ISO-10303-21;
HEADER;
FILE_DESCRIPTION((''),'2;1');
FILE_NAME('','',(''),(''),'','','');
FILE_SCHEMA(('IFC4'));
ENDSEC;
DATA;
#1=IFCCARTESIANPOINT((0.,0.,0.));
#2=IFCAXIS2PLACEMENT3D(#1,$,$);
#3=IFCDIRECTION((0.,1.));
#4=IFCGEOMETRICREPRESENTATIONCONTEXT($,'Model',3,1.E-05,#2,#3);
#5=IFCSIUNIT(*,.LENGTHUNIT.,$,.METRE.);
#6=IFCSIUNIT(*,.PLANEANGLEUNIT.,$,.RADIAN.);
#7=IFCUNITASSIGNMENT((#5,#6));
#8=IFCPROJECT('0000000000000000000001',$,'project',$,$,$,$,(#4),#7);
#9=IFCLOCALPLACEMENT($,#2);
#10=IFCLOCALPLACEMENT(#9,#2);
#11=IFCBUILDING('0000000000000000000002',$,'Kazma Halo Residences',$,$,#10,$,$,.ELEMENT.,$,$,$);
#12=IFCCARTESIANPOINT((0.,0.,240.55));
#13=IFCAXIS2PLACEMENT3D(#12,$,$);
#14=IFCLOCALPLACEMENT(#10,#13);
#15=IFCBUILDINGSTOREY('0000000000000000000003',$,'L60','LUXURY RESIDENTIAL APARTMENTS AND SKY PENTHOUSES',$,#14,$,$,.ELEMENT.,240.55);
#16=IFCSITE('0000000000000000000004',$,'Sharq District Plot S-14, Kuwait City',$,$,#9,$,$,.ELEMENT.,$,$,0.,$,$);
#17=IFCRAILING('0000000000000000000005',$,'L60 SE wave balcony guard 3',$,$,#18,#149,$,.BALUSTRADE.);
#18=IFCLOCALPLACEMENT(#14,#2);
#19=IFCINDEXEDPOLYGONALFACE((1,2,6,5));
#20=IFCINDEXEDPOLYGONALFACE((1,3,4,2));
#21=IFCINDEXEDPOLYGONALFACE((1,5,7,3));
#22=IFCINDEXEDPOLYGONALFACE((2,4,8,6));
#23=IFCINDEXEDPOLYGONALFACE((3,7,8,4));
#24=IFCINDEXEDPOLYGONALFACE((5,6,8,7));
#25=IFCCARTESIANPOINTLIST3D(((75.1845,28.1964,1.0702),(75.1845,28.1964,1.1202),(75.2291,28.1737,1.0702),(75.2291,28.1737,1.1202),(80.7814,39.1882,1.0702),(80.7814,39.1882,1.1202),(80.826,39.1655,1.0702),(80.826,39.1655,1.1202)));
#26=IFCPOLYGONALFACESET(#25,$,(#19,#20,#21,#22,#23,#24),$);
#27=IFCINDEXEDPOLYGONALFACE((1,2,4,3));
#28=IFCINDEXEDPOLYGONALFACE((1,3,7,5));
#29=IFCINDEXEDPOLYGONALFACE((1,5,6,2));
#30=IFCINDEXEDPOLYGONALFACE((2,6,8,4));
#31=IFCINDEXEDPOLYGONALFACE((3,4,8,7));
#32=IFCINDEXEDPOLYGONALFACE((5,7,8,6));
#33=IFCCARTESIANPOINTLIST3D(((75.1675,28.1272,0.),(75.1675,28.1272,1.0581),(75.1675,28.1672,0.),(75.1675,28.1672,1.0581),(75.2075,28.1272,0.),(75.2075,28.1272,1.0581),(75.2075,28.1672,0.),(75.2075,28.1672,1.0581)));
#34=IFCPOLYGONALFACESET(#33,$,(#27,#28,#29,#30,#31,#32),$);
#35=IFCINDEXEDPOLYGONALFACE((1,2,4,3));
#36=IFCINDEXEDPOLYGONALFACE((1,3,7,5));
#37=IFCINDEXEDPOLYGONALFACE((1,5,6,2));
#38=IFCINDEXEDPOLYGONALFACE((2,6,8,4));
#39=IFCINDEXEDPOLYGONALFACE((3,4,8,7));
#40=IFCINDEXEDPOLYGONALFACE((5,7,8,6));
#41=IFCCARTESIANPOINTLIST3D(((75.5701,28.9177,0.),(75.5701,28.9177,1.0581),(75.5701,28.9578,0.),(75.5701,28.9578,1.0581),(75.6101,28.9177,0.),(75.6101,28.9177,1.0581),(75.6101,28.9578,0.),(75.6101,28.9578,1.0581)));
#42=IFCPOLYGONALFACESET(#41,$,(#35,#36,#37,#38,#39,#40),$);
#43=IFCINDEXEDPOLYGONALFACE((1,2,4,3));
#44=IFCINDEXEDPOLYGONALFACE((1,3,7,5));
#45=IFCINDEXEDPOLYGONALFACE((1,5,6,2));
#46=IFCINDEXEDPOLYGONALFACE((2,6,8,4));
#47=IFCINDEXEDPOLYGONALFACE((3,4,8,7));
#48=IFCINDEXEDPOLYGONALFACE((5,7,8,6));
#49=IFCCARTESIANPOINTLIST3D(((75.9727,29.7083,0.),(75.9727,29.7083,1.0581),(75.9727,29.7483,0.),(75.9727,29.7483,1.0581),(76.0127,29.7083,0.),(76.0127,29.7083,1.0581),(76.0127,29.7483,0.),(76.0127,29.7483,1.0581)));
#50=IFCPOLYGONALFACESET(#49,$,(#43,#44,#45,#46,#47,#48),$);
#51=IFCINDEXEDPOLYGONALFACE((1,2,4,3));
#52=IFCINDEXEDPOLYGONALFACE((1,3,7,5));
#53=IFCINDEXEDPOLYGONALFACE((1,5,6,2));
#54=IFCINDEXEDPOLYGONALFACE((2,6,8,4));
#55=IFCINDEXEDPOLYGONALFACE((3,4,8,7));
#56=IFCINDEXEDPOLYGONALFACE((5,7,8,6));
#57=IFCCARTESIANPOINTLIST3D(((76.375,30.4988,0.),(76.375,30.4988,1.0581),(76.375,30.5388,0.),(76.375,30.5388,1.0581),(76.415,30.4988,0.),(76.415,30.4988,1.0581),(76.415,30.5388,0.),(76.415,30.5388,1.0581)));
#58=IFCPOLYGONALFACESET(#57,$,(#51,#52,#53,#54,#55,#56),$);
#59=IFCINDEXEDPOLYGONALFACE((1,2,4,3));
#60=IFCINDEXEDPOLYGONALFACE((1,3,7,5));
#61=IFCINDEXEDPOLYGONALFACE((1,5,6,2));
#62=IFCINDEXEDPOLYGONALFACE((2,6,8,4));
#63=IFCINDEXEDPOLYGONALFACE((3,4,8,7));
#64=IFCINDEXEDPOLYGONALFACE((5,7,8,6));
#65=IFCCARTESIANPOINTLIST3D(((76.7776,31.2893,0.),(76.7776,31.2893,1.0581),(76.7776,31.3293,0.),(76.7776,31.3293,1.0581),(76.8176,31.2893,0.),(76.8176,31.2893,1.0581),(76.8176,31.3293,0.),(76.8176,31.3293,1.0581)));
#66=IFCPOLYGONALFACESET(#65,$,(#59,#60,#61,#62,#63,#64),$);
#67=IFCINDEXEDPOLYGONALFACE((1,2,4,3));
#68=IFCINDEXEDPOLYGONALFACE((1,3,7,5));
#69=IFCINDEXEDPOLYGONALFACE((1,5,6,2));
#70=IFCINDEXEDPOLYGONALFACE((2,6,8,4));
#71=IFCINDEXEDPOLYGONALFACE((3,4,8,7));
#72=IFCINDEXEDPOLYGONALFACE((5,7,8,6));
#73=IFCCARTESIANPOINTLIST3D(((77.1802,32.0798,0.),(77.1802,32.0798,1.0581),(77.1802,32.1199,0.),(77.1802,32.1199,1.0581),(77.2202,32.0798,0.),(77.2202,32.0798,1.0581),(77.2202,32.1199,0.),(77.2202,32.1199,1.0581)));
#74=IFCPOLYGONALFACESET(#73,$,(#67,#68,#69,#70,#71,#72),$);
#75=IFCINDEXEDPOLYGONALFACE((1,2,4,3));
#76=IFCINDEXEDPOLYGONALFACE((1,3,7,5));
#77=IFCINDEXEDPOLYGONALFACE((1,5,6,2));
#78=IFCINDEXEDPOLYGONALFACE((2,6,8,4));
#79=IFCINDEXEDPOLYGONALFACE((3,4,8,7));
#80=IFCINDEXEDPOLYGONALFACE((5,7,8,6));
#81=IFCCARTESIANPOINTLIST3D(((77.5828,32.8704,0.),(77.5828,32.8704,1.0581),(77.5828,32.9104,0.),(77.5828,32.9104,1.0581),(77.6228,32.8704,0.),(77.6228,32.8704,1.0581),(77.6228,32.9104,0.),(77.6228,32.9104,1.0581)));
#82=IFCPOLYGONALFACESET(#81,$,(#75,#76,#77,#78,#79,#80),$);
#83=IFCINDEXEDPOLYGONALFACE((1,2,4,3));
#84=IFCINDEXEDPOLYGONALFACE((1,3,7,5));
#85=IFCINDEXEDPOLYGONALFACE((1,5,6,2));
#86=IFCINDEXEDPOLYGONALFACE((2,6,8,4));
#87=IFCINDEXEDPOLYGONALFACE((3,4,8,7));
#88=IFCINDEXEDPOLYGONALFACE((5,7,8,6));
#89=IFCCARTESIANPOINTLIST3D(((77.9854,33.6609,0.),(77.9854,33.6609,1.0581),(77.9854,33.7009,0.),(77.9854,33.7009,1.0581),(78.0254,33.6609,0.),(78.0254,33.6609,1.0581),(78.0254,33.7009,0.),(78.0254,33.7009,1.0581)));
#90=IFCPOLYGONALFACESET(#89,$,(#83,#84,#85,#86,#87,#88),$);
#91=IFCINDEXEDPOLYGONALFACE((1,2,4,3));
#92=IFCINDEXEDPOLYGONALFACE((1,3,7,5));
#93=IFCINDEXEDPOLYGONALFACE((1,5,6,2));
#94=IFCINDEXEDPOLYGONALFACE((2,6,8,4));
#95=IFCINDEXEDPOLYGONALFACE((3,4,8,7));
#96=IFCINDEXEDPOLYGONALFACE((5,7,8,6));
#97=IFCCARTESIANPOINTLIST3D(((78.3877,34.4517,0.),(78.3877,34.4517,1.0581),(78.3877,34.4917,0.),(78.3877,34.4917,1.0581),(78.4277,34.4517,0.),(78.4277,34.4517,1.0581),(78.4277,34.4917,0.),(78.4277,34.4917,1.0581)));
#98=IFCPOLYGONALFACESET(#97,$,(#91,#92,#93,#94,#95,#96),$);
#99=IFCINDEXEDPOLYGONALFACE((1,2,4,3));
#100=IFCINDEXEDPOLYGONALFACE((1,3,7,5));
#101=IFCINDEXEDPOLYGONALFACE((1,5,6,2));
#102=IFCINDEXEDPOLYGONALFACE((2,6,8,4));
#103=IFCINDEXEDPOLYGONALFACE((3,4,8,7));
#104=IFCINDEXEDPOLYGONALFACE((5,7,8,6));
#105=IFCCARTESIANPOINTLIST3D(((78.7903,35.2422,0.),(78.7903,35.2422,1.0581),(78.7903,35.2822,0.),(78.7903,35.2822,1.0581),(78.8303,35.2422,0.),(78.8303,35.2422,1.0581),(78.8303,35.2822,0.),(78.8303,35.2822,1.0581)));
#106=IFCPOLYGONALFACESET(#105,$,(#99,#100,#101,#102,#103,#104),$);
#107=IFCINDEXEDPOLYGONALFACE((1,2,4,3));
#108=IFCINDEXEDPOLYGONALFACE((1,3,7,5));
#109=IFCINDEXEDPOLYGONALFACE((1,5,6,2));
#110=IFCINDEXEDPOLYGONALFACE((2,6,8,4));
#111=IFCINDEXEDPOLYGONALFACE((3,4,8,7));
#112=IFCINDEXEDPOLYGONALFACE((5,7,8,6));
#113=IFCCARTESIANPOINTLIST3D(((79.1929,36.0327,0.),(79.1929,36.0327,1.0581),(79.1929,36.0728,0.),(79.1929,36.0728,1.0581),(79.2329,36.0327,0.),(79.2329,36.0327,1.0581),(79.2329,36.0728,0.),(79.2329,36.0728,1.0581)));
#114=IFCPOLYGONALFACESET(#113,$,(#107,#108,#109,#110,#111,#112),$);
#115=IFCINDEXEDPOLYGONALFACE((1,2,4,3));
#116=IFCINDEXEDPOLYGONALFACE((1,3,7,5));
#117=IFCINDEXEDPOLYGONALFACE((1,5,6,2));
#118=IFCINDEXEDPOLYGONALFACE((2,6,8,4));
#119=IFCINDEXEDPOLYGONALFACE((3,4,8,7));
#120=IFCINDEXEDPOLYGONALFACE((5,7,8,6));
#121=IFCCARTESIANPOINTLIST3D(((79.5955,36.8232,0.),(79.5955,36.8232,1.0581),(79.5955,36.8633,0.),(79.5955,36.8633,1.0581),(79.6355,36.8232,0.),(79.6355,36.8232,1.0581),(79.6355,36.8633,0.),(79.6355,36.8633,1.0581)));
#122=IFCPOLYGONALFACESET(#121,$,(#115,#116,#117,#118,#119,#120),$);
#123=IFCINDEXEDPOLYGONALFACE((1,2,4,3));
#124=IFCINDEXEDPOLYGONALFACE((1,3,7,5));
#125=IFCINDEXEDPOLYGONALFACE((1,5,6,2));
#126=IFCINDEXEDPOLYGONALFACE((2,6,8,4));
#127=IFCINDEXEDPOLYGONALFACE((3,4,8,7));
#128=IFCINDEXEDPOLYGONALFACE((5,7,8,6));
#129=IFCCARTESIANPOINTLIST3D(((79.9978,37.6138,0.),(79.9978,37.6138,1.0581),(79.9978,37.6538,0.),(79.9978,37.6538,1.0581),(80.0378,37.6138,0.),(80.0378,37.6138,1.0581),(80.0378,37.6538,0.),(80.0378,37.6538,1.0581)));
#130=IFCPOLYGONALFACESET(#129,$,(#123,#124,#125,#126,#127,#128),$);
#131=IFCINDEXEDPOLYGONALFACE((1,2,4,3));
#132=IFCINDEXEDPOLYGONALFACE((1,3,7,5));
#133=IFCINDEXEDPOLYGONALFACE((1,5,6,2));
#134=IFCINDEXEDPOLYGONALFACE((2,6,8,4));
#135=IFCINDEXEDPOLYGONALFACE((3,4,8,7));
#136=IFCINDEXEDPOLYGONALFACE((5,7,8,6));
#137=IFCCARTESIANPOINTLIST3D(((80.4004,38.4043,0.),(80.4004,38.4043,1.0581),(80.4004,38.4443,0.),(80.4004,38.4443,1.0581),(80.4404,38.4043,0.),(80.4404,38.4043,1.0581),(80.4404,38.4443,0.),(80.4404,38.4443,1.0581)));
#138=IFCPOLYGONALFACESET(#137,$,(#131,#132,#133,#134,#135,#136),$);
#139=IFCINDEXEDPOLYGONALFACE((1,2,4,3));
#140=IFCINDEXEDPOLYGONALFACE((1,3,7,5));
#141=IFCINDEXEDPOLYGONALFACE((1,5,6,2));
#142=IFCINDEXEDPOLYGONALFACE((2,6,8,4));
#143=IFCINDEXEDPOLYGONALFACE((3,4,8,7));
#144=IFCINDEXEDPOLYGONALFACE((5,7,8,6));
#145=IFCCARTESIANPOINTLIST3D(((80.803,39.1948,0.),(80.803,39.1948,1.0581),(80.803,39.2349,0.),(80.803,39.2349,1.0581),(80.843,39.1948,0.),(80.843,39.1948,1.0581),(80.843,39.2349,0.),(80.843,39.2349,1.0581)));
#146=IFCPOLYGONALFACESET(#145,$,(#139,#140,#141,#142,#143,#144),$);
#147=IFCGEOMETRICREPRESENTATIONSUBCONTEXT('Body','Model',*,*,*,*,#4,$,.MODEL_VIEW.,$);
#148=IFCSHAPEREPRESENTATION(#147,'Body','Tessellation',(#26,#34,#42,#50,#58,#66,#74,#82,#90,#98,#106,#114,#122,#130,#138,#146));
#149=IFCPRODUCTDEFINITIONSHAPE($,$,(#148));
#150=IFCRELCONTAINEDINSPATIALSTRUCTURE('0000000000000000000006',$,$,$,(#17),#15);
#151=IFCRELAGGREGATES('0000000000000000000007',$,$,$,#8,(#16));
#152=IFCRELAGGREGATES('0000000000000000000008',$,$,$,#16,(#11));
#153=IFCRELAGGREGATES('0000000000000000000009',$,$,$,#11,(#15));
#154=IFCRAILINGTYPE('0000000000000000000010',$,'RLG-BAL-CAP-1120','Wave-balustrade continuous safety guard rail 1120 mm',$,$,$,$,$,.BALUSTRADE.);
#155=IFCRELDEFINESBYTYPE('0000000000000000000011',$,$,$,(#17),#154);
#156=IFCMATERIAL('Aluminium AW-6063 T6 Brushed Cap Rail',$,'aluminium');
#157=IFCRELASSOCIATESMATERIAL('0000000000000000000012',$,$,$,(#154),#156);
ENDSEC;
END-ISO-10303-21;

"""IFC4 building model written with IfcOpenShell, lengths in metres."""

from ifc_helpers import new_model, si_unit, direction, frame, origin, origin_2d, place, context, subcontext, project, spatial, rectangle, extrude, material, type_object, element, save


model = new_model("IFC4")

# Units and contexts
model_context = context("Model", 3, precision=1e-05, world=origin(), true_north=direction((0.0, 1.0)))
body_context = subcontext(model_context, "Body", "Model", "MODEL_VIEW")
ifc_project = project(units=[si_unit("LENGTHUNIT", "METRE"), si_unit("PLANEANGLEUNIT", "RADIAN")], contexts=[model_context])

# Site, building, storey
site_placement = place(None, origin())
site = spatial("IfcSite", under=ifc_project, at=site_placement, Name="Sharq District Plot S-14, Kuwait City", CompositionType="ELEMENT", RefElevation=0.0)
building_placement = place(site_placement, origin())
building = spatial("IfcBuilding", under=site, at=building_placement, Name="Kazma Halo Residences", CompositionType="ELEMENT")
storey_placement = place(building_placement, frame((0.0, 0.0, 240.55)))
storey = spatial("IfcBuildingStorey", under=building, at=storey_placement, Name="L60", Description="LUXURY RESIDENTIAL APARTMENTS AND SKY PENTHOUSES", CompositionType="ELEMENT", Elevation=240.55)

# Railing
ifc_material_1 = material(Name="Aluminium AW-6063 T6 Brushed Cap Rail", Category="aluminium")
railing_type = type_object("IfcRailingType", Name="RLG-BAL-CAP-1120", Description="Wave-balustrade continuous safety guard rail 1120 mm", PredefinedType="BALUSTRADE", material=ifc_material_1)
railing_1_placement = place(storey_placement, frame((75.1875, 28.1472, 0.0)))
element("IfcRailing", 1, at=railing_1_placement, inside=storey, type_object=railing_type, Name="L60 SE wave balcony guard 3", PredefinedType="BALUSTRADE", context=body_context, shape_type="SweptSolid", body=[
    extrude(rectangle(XDim=0.05, YDim=0.05, at=origin_2d()), frame((0.0193, 0.0378, 1.0952), z_axis=(0.453751, 0.891128, 0.0), x_axis=(-0.891128, 0.453751, 0.0)), (0.0, 0.0, 1.0), 12.3347),
    extrude(rectangle(XDim=0.04, YDim=0.04, at=origin_2d()), origin(), (0.0, 0.0, 1.0), 1.0581),
    extrude(rectangle(XDim=0.04, YDim=0.04, at=origin_2d()), frame((0.4026, 0.7905, 0.0)), (0.0, 0.0, 1.0), 1.0581),
    extrude(rectangle(XDim=0.04, YDim=0.04, at=origin_2d()), frame((0.8052, 1.5811, 0.0)), (0.0, 0.0, 1.0), 1.0581),
    extrude(rectangle(XDim=0.04, YDim=0.04, at=origin_2d()), frame((1.2075, 2.3716, 0.0)), (0.0, 0.0, 1.0), 1.0581),
    extrude(rectangle(XDim=0.04, YDim=0.04, at=origin_2d()), frame((1.6101, 3.1621, 0.0)), (0.0, 0.0, 1.0), 1.0581),
    extrude(rectangle(XDim=0.04, YDim=0.04, at=origin_2d()), frame((2.0127, 3.9526, 0.0)), (0.0, 0.0, 1.0), 1.0581),
    extrude(rectangle(XDim=0.04, YDim=0.04, at=origin_2d()), frame((2.4153, 4.7432, 0.0)), (0.0, 0.0, 1.0), 1.0581),
    extrude(rectangle(XDim=0.04, YDim=0.04, at=origin_2d()), frame((2.8179, 5.5337, 0.0)), (0.0, 0.0, 1.0), 1.0581),
    extrude(rectangle(XDim=0.04, YDim=0.04, at=origin_2d()), frame((3.2202, 6.3245, 0.0)), (0.0, 0.0, 1.0), 1.0581),
    extrude(rectangle(XDim=0.04, YDim=0.04, at=origin_2d()), frame((3.6228, 7.115, 0.0)), (0.0, 0.0, 1.0), 1.0581),
    extrude(rectangle(XDim=0.04, YDim=0.04, at=origin_2d()), frame((4.0254, 7.9055, 0.0)), (0.0, 0.0, 1.0), 1.0581),
    extrude(rectangle(XDim=0.04, YDim=0.04, at=origin_2d()), frame((4.428, 8.696, 0.0)), (0.0, 0.0, 1.0), 1.0581),
    extrude(rectangle(XDim=0.04, YDim=0.04, at=origin_2d()), frame((4.8303, 9.4866, 0.0)), (0.0, 0.0, 1.0), 1.0581),
    extrude(rectangle(XDim=0.04, YDim=0.04, at=origin_2d()), frame((5.2329, 10.2771, 0.0)), (0.0, 0.0, 1.0), 1.0581),
    extrude(rectangle(XDim=0.04, YDim=0.04, at=origin_2d()), frame((5.6355, 11.0676, 0.0)), (0.0, 0.0, 1.0), 1.0581),
])

save(model, "model.ifc")
